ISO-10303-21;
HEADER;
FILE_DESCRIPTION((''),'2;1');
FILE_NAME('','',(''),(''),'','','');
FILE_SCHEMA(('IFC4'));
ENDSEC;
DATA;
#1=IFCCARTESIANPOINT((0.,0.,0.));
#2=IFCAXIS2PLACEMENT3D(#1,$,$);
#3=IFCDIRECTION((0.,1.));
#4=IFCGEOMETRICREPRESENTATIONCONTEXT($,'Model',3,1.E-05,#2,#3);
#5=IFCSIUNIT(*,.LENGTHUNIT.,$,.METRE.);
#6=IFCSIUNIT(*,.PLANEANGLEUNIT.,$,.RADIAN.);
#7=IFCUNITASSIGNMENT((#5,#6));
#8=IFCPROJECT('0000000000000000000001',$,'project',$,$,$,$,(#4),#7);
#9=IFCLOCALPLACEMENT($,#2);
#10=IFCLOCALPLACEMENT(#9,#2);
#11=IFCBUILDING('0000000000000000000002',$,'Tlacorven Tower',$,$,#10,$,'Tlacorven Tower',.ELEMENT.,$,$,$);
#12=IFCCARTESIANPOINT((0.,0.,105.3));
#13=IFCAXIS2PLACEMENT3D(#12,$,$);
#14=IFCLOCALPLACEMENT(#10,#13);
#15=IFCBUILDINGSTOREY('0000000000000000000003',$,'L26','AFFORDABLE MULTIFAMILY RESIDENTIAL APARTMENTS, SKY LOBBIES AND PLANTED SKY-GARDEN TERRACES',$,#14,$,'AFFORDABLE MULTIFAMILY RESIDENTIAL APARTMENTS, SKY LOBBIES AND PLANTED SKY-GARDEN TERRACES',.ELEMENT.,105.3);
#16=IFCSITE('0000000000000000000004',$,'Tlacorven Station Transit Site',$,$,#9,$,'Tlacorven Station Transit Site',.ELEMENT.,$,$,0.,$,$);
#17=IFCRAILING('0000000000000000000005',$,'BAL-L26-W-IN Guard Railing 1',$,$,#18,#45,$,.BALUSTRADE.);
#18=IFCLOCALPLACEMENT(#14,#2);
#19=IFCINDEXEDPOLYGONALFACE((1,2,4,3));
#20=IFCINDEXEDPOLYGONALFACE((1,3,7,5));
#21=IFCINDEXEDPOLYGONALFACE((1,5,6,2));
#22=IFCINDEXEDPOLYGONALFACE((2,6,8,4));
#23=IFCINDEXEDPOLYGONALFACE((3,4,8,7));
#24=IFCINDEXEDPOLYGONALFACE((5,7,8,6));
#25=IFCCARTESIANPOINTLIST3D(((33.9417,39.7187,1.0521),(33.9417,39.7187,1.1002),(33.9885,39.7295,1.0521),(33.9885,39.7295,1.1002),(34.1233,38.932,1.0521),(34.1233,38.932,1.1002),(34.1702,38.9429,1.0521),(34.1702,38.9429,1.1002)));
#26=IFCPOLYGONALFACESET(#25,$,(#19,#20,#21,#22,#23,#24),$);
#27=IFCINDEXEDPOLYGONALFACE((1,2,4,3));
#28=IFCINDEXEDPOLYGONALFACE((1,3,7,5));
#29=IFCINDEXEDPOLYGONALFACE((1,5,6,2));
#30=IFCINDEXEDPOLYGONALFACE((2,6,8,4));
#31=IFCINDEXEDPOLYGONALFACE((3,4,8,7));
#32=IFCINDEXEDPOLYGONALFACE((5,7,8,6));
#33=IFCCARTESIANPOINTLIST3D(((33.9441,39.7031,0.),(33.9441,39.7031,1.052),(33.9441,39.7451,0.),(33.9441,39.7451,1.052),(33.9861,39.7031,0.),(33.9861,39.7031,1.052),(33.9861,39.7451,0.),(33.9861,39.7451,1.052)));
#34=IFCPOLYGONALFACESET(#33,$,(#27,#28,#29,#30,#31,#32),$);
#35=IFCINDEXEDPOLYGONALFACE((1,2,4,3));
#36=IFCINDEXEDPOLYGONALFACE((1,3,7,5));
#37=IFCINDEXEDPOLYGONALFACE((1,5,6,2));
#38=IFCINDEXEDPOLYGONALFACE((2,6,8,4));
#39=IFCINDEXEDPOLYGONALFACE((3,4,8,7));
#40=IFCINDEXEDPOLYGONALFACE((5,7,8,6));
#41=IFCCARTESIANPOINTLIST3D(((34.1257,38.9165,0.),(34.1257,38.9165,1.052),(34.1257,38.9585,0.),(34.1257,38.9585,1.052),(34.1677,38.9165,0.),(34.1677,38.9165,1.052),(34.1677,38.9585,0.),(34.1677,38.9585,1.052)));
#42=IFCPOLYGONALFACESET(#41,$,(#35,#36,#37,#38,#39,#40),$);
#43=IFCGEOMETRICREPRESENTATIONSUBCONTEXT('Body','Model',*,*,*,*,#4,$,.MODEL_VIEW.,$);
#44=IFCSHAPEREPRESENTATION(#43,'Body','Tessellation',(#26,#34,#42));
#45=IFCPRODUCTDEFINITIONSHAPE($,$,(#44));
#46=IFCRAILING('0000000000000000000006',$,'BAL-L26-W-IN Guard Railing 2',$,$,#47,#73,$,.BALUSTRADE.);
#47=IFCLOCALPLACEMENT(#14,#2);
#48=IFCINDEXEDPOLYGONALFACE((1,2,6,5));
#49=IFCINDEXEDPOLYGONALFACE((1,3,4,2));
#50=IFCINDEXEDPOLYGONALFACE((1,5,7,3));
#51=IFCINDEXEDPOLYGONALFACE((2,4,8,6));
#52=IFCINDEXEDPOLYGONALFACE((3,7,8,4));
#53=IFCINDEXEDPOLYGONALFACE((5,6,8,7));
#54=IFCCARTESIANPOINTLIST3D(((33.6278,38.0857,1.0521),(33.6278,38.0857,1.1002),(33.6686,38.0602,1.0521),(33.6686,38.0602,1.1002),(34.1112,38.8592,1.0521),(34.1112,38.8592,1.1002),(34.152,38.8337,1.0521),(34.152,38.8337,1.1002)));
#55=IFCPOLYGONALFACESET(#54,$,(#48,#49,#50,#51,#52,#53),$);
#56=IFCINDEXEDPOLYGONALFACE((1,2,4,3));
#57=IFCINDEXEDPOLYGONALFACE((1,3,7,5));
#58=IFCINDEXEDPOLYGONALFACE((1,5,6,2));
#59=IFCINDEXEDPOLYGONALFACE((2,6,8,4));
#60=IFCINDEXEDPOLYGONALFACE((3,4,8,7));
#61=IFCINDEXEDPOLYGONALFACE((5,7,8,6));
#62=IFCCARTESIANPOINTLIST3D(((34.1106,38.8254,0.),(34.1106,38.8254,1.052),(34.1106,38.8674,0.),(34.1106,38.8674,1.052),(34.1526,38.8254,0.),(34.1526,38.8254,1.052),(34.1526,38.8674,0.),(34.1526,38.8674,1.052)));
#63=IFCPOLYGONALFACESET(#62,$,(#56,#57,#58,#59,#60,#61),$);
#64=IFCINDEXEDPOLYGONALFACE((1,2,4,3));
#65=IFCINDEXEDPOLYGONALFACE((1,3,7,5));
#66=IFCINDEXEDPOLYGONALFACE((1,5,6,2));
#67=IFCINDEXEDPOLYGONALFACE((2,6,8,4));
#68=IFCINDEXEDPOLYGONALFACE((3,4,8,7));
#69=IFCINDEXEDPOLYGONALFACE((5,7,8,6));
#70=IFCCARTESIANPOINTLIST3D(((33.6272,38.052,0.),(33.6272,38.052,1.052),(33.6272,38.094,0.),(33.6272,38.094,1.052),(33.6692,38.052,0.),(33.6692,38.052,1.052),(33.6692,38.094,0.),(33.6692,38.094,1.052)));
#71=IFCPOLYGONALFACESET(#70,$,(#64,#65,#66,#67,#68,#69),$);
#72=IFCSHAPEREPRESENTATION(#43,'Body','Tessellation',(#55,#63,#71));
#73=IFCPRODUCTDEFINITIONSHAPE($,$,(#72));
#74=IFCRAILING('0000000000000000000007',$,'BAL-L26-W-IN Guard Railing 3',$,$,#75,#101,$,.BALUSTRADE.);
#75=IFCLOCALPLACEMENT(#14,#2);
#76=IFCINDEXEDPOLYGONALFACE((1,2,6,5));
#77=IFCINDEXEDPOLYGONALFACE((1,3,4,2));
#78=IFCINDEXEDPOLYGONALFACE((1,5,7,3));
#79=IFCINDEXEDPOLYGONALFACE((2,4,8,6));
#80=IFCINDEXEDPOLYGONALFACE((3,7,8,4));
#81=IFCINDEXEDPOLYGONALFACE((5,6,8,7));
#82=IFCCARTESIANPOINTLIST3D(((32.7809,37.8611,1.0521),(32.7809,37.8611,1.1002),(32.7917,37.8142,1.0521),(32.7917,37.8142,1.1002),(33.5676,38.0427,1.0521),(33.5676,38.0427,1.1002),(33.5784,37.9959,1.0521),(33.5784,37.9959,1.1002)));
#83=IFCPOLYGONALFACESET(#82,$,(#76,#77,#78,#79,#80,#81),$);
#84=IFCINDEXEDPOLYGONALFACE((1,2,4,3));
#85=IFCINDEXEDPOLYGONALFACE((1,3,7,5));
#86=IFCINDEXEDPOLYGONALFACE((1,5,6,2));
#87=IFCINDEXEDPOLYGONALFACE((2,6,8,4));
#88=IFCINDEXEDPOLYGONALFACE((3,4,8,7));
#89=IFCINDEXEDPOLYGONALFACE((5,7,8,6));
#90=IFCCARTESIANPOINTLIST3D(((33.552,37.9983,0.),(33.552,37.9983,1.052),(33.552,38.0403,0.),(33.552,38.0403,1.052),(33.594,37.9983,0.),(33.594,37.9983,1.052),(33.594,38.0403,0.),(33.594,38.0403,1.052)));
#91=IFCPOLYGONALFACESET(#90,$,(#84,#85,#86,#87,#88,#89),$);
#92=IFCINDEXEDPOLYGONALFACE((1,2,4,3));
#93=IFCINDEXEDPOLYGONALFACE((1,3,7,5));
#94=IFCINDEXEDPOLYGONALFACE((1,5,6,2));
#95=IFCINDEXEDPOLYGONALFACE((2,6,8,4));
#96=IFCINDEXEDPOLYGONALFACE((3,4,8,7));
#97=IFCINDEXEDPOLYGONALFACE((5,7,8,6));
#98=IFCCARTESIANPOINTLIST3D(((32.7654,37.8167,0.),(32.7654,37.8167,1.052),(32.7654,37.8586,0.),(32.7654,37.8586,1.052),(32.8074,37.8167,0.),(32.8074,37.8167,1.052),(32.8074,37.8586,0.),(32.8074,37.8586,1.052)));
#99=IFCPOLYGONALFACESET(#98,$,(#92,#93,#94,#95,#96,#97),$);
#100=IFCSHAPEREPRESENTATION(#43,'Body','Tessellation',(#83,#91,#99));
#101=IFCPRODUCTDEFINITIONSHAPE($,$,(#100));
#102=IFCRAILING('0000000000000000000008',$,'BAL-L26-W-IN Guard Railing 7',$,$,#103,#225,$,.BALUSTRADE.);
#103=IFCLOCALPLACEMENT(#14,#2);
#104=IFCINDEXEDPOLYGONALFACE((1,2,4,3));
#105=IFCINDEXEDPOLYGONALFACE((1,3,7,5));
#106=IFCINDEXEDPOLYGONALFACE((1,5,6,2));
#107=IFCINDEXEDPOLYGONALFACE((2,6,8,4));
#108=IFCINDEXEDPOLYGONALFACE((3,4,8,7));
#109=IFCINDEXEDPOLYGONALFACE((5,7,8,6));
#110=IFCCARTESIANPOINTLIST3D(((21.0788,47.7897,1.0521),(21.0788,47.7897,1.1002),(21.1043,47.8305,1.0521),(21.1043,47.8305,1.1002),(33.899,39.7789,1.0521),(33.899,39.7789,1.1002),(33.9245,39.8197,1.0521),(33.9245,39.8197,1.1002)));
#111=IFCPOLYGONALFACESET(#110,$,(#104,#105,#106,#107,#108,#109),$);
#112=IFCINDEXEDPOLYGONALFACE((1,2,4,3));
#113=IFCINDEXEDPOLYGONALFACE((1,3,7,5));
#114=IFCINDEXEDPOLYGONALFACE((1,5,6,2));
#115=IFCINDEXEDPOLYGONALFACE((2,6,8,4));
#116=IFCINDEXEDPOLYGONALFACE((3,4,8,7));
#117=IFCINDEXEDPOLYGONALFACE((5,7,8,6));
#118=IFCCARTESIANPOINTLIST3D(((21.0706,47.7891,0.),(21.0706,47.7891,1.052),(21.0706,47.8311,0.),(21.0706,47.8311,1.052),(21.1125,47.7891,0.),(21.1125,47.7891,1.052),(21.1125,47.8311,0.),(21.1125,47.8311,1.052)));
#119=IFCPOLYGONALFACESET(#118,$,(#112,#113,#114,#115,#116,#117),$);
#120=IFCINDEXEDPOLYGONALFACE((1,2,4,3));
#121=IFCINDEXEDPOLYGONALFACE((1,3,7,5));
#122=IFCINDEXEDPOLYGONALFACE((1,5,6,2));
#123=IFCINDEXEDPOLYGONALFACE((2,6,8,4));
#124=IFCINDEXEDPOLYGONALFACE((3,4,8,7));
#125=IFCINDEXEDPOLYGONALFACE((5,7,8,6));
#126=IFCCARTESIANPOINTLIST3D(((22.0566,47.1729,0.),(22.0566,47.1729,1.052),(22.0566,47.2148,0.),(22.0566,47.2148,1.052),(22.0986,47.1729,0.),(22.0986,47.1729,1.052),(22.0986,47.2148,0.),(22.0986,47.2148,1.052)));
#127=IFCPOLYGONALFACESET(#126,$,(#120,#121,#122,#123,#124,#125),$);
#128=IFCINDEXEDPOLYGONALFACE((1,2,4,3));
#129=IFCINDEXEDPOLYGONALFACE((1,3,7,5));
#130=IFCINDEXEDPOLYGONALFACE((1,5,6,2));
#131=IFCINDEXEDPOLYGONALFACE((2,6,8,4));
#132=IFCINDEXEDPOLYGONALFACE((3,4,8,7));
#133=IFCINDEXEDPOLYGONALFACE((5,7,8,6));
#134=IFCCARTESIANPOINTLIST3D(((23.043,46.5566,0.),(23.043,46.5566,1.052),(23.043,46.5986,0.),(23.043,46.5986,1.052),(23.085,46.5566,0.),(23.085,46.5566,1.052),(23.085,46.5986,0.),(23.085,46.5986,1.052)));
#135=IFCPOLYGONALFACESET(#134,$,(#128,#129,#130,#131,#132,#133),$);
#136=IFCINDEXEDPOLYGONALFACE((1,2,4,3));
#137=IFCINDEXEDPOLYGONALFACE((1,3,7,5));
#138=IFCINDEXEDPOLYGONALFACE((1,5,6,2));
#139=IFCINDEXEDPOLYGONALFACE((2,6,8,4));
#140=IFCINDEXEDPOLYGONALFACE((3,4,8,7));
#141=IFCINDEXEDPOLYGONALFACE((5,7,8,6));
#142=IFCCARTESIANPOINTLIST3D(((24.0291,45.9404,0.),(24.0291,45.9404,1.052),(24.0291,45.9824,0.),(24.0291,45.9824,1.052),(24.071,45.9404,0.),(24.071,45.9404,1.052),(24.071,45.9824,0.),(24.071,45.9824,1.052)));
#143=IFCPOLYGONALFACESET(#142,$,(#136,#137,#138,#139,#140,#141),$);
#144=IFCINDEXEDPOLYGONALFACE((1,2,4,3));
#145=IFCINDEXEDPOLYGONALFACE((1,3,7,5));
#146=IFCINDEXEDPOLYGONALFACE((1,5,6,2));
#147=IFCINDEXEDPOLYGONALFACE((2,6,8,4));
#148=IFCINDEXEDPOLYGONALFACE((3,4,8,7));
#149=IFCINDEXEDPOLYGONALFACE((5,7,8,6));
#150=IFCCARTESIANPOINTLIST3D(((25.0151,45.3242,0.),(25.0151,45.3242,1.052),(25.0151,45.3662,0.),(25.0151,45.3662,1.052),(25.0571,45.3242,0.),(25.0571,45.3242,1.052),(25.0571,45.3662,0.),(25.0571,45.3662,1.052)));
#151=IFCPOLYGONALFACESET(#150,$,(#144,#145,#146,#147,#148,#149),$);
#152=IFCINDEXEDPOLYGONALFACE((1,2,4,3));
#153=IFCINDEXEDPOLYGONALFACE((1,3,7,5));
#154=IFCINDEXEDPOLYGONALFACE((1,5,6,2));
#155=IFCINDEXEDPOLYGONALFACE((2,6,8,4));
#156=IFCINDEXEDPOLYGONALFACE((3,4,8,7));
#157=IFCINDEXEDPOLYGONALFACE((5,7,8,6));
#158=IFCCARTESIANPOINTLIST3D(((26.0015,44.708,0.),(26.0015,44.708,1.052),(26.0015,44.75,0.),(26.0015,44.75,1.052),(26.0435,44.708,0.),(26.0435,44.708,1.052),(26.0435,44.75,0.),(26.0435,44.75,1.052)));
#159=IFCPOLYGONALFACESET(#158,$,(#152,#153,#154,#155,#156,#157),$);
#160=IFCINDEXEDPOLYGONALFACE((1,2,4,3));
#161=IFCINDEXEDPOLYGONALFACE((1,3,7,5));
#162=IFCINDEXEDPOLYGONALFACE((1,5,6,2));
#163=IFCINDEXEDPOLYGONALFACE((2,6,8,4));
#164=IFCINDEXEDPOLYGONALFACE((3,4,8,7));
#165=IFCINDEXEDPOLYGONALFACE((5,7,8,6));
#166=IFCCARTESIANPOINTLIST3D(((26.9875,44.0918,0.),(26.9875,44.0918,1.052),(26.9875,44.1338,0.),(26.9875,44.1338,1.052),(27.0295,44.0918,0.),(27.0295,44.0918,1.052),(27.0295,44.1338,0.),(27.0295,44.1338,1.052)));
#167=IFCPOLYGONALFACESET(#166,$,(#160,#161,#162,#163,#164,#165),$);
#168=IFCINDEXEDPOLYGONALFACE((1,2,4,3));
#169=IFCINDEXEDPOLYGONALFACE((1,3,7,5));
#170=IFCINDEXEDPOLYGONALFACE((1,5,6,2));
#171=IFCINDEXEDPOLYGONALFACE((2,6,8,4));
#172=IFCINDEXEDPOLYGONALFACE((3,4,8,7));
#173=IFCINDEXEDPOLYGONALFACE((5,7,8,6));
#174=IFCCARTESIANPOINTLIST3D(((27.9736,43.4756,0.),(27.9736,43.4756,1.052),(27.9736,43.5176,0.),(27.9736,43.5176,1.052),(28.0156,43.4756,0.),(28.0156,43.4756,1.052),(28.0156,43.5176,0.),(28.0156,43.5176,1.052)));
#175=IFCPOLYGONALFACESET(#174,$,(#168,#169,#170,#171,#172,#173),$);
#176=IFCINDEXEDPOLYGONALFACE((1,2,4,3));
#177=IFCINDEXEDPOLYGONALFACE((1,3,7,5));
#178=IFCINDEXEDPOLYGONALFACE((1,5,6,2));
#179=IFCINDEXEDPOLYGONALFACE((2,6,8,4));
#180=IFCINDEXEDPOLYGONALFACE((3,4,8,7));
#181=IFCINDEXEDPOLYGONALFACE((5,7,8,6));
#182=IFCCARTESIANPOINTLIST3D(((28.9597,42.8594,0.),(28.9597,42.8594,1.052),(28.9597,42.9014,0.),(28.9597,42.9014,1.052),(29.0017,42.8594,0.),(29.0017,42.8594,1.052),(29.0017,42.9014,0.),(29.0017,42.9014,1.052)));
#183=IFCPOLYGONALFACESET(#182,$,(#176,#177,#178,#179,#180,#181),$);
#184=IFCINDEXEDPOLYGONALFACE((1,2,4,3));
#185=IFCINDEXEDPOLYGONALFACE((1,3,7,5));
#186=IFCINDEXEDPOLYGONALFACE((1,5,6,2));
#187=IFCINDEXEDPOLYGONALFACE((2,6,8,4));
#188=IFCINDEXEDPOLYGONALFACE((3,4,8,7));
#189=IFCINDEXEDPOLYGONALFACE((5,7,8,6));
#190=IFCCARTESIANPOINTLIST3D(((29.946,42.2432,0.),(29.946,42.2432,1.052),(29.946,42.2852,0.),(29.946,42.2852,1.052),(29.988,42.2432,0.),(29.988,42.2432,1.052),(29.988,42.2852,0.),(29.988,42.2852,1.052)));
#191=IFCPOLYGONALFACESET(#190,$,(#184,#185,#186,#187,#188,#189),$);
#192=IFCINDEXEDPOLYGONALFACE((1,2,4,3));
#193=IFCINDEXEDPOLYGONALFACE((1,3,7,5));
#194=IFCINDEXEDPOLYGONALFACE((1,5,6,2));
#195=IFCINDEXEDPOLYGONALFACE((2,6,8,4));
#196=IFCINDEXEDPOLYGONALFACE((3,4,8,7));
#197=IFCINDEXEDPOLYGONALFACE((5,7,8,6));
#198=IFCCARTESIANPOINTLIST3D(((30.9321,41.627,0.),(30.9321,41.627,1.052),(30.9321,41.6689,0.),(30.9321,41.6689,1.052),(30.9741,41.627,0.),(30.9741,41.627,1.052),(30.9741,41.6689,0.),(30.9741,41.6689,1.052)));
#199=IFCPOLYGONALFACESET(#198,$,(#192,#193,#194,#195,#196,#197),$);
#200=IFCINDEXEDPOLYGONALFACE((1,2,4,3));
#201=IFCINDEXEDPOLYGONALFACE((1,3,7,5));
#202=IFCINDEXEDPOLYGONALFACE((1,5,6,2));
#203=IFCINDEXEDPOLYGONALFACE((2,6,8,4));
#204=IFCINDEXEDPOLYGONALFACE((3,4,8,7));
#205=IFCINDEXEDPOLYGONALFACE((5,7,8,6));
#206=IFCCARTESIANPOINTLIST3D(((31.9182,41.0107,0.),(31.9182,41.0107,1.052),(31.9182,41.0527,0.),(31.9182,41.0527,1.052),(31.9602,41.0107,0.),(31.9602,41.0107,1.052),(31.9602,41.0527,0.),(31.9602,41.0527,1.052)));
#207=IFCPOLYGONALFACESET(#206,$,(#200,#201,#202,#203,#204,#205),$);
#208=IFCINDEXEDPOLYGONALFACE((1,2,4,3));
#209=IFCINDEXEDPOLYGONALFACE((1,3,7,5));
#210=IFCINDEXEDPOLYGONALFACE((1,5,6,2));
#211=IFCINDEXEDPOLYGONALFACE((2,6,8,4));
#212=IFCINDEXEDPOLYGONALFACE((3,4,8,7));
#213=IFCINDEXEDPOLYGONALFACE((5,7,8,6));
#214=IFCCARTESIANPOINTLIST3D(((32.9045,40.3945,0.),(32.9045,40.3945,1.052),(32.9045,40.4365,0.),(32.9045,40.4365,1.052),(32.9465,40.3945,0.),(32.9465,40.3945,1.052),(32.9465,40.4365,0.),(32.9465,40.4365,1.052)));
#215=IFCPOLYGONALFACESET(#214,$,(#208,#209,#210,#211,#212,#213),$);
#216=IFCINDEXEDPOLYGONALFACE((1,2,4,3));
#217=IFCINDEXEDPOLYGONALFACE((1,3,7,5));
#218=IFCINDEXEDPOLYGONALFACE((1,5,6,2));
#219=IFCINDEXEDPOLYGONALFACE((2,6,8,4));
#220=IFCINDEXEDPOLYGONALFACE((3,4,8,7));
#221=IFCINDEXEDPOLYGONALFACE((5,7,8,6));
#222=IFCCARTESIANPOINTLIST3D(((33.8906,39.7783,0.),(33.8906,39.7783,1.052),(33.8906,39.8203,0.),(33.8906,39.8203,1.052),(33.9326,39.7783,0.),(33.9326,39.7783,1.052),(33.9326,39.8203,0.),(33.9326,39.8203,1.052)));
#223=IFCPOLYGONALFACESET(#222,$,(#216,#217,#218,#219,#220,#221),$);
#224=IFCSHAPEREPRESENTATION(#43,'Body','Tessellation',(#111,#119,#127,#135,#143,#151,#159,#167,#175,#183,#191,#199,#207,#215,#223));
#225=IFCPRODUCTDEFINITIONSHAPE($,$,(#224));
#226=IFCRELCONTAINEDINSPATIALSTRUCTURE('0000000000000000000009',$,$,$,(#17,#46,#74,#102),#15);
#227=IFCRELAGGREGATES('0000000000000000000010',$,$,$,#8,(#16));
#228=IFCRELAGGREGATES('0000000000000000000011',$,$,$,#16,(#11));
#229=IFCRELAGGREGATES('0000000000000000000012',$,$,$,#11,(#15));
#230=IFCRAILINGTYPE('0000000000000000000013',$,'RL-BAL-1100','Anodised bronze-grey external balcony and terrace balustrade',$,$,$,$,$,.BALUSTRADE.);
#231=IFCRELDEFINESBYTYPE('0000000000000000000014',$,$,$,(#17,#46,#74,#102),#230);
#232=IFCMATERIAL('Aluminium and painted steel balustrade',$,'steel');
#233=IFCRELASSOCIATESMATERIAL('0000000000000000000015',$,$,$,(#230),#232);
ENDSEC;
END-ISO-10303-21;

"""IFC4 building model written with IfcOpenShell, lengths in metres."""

from ifc_helpers import new_model, si_unit, direction, frame, origin, origin_2d, place, context, subcontext, project, spatial, rectangle, extrude, source, transform, mapped, material, type_object, element, save


model = new_model("IFC4")

# Units and contexts
model_context = context("Model", 3, precision=1e-05, world=origin(), true_north=direction((0.0, 1.0)))
body_context = subcontext(model_context, "Body", "Model", "MODEL_VIEW")
ifc_project = project(units=[si_unit("LENGTHUNIT", "METRE"), si_unit("PLANEANGLEUNIT", "RADIAN")], contexts=[model_context])

# Site, building, storey
site_placement = place(None, origin())
site = spatial("IfcSite", under=ifc_project, at=site_placement, Name="Tlacorven Station Transit Site", LongName="Tlacorven Station Transit Site", CompositionType="ELEMENT", RefElevation=0.0)
building_placement = place(site_placement, origin())
building = spatial("IfcBuilding", under=site, at=building_placement, Name="Tlacorven Tower", LongName="Tlacorven Tower", CompositionType="ELEMENT")
storey_placement = place(building_placement, frame((0.0, 0.0, 105.3)))
storey = spatial("IfcBuildingStorey", under=building, at=storey_placement, Name="L26", Description="AFFORDABLE MULTIFAMILY RESIDENTIAL APARTMENTS, SKY LOBBIES AND PLANTED SKY-GARDEN TERRACES", LongName="AFFORDABLE MULTIFAMILY RESIDENTIAL APARTMENTS, SKY LOBBIES AND PLANTED SKY-GARDEN TERRACES", CompositionType="ELEMENT", Elevation=105.3)

# Railings
ifc_material_1 = material(Name="Aluminium and painted steel balustrade", Category="steel")
railing_type = type_object("IfcRailingType", Name="RL-BAL-1100", Description="Anodised bronze-grey external balcony and terrace balustrade", PredefinedType="BALUSTRADE", material=ifc_material_1)
shared_shape_1 = source(origin(), body_context, "Body", "SweptSolid", [
    extrude(rectangle(XDim=0.0481, YDim=0.0481, at=origin_2d()), frame((0.0, 0.0, 1.0762), z_axis=(0.224992, -0.974361, 0.0), x_axis=(0.974361, 0.224992, 0.0)), (0.0, 0.0, 1.0), 0.8074),
    extrude(rectangle(XDim=0.042, YDim=0.042, at=origin_2d()), origin(), (0.0, 0.0, 1.0), 1.052),
    extrude(rectangle(XDim=0.042, YDim=0.042, at=origin_2d()), frame((0.1816, -0.7866, 0.0)), (0.0, 0.0, 1.0), 1.052),
])
railing_1_placement = place(storey_placement, frame((33.9651, 39.7241, 0.0)))
element("IfcRailing", 1, at=railing_1_placement, inside=storey, type_object=railing_type, Name="BAL-L26-W-IN Guard Railing 1", PredefinedType="BALUSTRADE", context=body_context, shape_type="MappedRepresentation", body=[
    mapped(shared_shape_1, transform((0.0, 0.0, 0.0), scale=1.0)),
])
shared_shape_2 = source(origin(), body_context, "Body", "SweptSolid", [
    extrude(rectangle(XDim=0.0481, YDim=0.0481, at=origin_2d()), frame((0.0, 0.0, 1.0762), z_axis=(-0.529999, -0.847998, 0.0), x_axis=(0.847998, -0.529999, 0.0)), (0.0, 0.0, 1.0), 0.9121),
    extrude(rectangle(XDim=0.042, YDim=0.042, at=origin_2d()), origin(), (0.0, 0.0, 1.0), 1.052),
    extrude(rectangle(XDim=0.042, YDim=0.042, at=origin_2d()), frame((-0.4834, -0.7734, 0.0)), (0.0, 0.0, 1.0), 1.052),
])
railing_2_placement = place(storey_placement, frame((34.1316, 38.8464, 0.0)))
element("IfcRailing", 2, at=railing_2_placement, inside=storey, type_object=railing_type, Name="BAL-L26-W-IN Guard Railing 2", PredefinedType="BALUSTRADE", context=body_context, shape_type="MappedRepresentation", body=[
    mapped(shared_shape_2, transform((0.0, 0.0, 0.0), scale=1.0)),
])
shared_shape_3 = source(origin(), body_context, "Body", "SweptSolid", [
    extrude(rectangle(XDim=0.0481, YDim=0.0481, at=origin_2d()), frame((0.0, 0.0, 1.0762), z_axis=(-0.974361, -0.224992, 0.0), x_axis=(0.224992, -0.974361, 0.0)), (0.0, 0.0, 1.0), 0.8074),
    extrude(rectangle(XDim=0.042, YDim=0.042, at=origin_2d()), origin(), (0.0, 0.0, 1.0), 1.052),
    extrude(rectangle(XDim=0.042, YDim=0.042, at=origin_2d()), frame((-0.7866, -0.1816, 0.0)), (0.0, 0.0, 1.0), 1.052),
])
railing_3_placement = place(storey_placement, frame((33.573, 38.0193, 0.0)))
element("IfcRailing", 3, at=railing_3_placement, inside=storey, type_object=railing_type, Name="BAL-L26-W-IN Guard Railing 3", PredefinedType="BALUSTRADE", context=body_context, shape_type="MappedRepresentation", body=[
    mapped(shared_shape_3, transform((0.0, 0.0, 0.0), scale=1.0)),
])
shared_shape_4 = source(origin(), body_context, "Body", "SweptSolid", [
    extrude(rectangle(XDim=0.0481, YDim=0.0481, at=origin_2d()), frame((0.0, 0.0, 1.0762), z_axis=(0.848052, -0.529913, 0.0), x_axis=(0.529913, 0.848052, 0.0)), (0.0, 0.0, 1.0), 15.1172),
    extrude(rectangle(XDim=0.042, YDim=0.042, at=origin_2d()), origin(), (0.0, 0.0, 1.0), 1.052),
    extrude(rectangle(XDim=0.042, YDim=0.042, at=origin_2d()), frame((0.9861, -0.6162, 0.0)), (0.0, 0.0, 1.0), 1.052),
    extrude(rectangle(XDim=0.042, YDim=0.042, at=origin_2d()), frame((1.9724, -1.2324, 0.0)), (0.0, 0.0, 1.0), 1.052),
    extrude(rectangle(XDim=0.042, YDim=0.042, at=origin_2d()), frame((2.9585, -1.8486, 0.0)), (0.0, 0.0, 1.0), 1.052),
    extrude(rectangle(XDim=0.042, YDim=0.042, at=origin_2d()), frame((3.9446, -2.4648, 0.0)), (0.0, 0.0, 1.0), 1.052),
    extrude(rectangle(XDim=0.042, YDim=0.042, at=origin_2d()), frame((4.9309, -3.0811, 0.0)), (0.0, 0.0, 1.0), 1.052),
    extrude(rectangle(XDim=0.042, YDim=0.042, at=origin_2d()), frame((5.917, -3.6973, 0.0)), (0.0, 0.0, 1.0), 1.052),
    extrude(rectangle(XDim=0.042, YDim=0.042, at=origin_2d()), frame((6.9031, -4.3135, 0.0)), (0.0, 0.0, 1.0), 1.052),
    extrude(rectangle(XDim=0.042, YDim=0.042, at=origin_2d()), frame((7.8892, -4.9297, 0.0)), (0.0, 0.0, 1.0), 1.052),
    extrude(rectangle(XDim=0.042, YDim=0.042, at=origin_2d()), frame((8.8755, -5.5459, 0.0)), (0.0, 0.0, 1.0), 1.052),
    extrude(rectangle(XDim=0.042, YDim=0.042, at=origin_2d()), frame((9.8616, -6.1621, 0.0)), (0.0, 0.0, 1.0), 1.052),
    extrude(rectangle(XDim=0.042, YDim=0.042, at=origin_2d()), frame((10.8477, -6.7783, 0.0)), (0.0, 0.0, 1.0), 1.052),
    extrude(rectangle(XDim=0.042, YDim=0.042, at=origin_2d()), frame((11.834, -7.3945, 0.0)), (0.0, 0.0, 1.0), 1.052),
    extrude(rectangle(XDim=0.042, YDim=0.042, at=origin_2d()), frame((12.8201, -8.0107, 0.0)), (0.0, 0.0, 1.0), 1.052),
])
railing_4_placement = place(storey_placement, frame((21.0916, 47.8101, 0.0)))
element("IfcRailing", 4, at=railing_4_placement, inside=storey, type_object=railing_type, Name="BAL-L26-W-IN Guard Railing 7", PredefinedType="BALUSTRADE", context=body_context, shape_type="MappedRepresentation", body=[
    mapped(shared_shape_4, transform((0.0, 0.0, 0.0), scale=1.0)),
])

save(model, "model.ifc")
